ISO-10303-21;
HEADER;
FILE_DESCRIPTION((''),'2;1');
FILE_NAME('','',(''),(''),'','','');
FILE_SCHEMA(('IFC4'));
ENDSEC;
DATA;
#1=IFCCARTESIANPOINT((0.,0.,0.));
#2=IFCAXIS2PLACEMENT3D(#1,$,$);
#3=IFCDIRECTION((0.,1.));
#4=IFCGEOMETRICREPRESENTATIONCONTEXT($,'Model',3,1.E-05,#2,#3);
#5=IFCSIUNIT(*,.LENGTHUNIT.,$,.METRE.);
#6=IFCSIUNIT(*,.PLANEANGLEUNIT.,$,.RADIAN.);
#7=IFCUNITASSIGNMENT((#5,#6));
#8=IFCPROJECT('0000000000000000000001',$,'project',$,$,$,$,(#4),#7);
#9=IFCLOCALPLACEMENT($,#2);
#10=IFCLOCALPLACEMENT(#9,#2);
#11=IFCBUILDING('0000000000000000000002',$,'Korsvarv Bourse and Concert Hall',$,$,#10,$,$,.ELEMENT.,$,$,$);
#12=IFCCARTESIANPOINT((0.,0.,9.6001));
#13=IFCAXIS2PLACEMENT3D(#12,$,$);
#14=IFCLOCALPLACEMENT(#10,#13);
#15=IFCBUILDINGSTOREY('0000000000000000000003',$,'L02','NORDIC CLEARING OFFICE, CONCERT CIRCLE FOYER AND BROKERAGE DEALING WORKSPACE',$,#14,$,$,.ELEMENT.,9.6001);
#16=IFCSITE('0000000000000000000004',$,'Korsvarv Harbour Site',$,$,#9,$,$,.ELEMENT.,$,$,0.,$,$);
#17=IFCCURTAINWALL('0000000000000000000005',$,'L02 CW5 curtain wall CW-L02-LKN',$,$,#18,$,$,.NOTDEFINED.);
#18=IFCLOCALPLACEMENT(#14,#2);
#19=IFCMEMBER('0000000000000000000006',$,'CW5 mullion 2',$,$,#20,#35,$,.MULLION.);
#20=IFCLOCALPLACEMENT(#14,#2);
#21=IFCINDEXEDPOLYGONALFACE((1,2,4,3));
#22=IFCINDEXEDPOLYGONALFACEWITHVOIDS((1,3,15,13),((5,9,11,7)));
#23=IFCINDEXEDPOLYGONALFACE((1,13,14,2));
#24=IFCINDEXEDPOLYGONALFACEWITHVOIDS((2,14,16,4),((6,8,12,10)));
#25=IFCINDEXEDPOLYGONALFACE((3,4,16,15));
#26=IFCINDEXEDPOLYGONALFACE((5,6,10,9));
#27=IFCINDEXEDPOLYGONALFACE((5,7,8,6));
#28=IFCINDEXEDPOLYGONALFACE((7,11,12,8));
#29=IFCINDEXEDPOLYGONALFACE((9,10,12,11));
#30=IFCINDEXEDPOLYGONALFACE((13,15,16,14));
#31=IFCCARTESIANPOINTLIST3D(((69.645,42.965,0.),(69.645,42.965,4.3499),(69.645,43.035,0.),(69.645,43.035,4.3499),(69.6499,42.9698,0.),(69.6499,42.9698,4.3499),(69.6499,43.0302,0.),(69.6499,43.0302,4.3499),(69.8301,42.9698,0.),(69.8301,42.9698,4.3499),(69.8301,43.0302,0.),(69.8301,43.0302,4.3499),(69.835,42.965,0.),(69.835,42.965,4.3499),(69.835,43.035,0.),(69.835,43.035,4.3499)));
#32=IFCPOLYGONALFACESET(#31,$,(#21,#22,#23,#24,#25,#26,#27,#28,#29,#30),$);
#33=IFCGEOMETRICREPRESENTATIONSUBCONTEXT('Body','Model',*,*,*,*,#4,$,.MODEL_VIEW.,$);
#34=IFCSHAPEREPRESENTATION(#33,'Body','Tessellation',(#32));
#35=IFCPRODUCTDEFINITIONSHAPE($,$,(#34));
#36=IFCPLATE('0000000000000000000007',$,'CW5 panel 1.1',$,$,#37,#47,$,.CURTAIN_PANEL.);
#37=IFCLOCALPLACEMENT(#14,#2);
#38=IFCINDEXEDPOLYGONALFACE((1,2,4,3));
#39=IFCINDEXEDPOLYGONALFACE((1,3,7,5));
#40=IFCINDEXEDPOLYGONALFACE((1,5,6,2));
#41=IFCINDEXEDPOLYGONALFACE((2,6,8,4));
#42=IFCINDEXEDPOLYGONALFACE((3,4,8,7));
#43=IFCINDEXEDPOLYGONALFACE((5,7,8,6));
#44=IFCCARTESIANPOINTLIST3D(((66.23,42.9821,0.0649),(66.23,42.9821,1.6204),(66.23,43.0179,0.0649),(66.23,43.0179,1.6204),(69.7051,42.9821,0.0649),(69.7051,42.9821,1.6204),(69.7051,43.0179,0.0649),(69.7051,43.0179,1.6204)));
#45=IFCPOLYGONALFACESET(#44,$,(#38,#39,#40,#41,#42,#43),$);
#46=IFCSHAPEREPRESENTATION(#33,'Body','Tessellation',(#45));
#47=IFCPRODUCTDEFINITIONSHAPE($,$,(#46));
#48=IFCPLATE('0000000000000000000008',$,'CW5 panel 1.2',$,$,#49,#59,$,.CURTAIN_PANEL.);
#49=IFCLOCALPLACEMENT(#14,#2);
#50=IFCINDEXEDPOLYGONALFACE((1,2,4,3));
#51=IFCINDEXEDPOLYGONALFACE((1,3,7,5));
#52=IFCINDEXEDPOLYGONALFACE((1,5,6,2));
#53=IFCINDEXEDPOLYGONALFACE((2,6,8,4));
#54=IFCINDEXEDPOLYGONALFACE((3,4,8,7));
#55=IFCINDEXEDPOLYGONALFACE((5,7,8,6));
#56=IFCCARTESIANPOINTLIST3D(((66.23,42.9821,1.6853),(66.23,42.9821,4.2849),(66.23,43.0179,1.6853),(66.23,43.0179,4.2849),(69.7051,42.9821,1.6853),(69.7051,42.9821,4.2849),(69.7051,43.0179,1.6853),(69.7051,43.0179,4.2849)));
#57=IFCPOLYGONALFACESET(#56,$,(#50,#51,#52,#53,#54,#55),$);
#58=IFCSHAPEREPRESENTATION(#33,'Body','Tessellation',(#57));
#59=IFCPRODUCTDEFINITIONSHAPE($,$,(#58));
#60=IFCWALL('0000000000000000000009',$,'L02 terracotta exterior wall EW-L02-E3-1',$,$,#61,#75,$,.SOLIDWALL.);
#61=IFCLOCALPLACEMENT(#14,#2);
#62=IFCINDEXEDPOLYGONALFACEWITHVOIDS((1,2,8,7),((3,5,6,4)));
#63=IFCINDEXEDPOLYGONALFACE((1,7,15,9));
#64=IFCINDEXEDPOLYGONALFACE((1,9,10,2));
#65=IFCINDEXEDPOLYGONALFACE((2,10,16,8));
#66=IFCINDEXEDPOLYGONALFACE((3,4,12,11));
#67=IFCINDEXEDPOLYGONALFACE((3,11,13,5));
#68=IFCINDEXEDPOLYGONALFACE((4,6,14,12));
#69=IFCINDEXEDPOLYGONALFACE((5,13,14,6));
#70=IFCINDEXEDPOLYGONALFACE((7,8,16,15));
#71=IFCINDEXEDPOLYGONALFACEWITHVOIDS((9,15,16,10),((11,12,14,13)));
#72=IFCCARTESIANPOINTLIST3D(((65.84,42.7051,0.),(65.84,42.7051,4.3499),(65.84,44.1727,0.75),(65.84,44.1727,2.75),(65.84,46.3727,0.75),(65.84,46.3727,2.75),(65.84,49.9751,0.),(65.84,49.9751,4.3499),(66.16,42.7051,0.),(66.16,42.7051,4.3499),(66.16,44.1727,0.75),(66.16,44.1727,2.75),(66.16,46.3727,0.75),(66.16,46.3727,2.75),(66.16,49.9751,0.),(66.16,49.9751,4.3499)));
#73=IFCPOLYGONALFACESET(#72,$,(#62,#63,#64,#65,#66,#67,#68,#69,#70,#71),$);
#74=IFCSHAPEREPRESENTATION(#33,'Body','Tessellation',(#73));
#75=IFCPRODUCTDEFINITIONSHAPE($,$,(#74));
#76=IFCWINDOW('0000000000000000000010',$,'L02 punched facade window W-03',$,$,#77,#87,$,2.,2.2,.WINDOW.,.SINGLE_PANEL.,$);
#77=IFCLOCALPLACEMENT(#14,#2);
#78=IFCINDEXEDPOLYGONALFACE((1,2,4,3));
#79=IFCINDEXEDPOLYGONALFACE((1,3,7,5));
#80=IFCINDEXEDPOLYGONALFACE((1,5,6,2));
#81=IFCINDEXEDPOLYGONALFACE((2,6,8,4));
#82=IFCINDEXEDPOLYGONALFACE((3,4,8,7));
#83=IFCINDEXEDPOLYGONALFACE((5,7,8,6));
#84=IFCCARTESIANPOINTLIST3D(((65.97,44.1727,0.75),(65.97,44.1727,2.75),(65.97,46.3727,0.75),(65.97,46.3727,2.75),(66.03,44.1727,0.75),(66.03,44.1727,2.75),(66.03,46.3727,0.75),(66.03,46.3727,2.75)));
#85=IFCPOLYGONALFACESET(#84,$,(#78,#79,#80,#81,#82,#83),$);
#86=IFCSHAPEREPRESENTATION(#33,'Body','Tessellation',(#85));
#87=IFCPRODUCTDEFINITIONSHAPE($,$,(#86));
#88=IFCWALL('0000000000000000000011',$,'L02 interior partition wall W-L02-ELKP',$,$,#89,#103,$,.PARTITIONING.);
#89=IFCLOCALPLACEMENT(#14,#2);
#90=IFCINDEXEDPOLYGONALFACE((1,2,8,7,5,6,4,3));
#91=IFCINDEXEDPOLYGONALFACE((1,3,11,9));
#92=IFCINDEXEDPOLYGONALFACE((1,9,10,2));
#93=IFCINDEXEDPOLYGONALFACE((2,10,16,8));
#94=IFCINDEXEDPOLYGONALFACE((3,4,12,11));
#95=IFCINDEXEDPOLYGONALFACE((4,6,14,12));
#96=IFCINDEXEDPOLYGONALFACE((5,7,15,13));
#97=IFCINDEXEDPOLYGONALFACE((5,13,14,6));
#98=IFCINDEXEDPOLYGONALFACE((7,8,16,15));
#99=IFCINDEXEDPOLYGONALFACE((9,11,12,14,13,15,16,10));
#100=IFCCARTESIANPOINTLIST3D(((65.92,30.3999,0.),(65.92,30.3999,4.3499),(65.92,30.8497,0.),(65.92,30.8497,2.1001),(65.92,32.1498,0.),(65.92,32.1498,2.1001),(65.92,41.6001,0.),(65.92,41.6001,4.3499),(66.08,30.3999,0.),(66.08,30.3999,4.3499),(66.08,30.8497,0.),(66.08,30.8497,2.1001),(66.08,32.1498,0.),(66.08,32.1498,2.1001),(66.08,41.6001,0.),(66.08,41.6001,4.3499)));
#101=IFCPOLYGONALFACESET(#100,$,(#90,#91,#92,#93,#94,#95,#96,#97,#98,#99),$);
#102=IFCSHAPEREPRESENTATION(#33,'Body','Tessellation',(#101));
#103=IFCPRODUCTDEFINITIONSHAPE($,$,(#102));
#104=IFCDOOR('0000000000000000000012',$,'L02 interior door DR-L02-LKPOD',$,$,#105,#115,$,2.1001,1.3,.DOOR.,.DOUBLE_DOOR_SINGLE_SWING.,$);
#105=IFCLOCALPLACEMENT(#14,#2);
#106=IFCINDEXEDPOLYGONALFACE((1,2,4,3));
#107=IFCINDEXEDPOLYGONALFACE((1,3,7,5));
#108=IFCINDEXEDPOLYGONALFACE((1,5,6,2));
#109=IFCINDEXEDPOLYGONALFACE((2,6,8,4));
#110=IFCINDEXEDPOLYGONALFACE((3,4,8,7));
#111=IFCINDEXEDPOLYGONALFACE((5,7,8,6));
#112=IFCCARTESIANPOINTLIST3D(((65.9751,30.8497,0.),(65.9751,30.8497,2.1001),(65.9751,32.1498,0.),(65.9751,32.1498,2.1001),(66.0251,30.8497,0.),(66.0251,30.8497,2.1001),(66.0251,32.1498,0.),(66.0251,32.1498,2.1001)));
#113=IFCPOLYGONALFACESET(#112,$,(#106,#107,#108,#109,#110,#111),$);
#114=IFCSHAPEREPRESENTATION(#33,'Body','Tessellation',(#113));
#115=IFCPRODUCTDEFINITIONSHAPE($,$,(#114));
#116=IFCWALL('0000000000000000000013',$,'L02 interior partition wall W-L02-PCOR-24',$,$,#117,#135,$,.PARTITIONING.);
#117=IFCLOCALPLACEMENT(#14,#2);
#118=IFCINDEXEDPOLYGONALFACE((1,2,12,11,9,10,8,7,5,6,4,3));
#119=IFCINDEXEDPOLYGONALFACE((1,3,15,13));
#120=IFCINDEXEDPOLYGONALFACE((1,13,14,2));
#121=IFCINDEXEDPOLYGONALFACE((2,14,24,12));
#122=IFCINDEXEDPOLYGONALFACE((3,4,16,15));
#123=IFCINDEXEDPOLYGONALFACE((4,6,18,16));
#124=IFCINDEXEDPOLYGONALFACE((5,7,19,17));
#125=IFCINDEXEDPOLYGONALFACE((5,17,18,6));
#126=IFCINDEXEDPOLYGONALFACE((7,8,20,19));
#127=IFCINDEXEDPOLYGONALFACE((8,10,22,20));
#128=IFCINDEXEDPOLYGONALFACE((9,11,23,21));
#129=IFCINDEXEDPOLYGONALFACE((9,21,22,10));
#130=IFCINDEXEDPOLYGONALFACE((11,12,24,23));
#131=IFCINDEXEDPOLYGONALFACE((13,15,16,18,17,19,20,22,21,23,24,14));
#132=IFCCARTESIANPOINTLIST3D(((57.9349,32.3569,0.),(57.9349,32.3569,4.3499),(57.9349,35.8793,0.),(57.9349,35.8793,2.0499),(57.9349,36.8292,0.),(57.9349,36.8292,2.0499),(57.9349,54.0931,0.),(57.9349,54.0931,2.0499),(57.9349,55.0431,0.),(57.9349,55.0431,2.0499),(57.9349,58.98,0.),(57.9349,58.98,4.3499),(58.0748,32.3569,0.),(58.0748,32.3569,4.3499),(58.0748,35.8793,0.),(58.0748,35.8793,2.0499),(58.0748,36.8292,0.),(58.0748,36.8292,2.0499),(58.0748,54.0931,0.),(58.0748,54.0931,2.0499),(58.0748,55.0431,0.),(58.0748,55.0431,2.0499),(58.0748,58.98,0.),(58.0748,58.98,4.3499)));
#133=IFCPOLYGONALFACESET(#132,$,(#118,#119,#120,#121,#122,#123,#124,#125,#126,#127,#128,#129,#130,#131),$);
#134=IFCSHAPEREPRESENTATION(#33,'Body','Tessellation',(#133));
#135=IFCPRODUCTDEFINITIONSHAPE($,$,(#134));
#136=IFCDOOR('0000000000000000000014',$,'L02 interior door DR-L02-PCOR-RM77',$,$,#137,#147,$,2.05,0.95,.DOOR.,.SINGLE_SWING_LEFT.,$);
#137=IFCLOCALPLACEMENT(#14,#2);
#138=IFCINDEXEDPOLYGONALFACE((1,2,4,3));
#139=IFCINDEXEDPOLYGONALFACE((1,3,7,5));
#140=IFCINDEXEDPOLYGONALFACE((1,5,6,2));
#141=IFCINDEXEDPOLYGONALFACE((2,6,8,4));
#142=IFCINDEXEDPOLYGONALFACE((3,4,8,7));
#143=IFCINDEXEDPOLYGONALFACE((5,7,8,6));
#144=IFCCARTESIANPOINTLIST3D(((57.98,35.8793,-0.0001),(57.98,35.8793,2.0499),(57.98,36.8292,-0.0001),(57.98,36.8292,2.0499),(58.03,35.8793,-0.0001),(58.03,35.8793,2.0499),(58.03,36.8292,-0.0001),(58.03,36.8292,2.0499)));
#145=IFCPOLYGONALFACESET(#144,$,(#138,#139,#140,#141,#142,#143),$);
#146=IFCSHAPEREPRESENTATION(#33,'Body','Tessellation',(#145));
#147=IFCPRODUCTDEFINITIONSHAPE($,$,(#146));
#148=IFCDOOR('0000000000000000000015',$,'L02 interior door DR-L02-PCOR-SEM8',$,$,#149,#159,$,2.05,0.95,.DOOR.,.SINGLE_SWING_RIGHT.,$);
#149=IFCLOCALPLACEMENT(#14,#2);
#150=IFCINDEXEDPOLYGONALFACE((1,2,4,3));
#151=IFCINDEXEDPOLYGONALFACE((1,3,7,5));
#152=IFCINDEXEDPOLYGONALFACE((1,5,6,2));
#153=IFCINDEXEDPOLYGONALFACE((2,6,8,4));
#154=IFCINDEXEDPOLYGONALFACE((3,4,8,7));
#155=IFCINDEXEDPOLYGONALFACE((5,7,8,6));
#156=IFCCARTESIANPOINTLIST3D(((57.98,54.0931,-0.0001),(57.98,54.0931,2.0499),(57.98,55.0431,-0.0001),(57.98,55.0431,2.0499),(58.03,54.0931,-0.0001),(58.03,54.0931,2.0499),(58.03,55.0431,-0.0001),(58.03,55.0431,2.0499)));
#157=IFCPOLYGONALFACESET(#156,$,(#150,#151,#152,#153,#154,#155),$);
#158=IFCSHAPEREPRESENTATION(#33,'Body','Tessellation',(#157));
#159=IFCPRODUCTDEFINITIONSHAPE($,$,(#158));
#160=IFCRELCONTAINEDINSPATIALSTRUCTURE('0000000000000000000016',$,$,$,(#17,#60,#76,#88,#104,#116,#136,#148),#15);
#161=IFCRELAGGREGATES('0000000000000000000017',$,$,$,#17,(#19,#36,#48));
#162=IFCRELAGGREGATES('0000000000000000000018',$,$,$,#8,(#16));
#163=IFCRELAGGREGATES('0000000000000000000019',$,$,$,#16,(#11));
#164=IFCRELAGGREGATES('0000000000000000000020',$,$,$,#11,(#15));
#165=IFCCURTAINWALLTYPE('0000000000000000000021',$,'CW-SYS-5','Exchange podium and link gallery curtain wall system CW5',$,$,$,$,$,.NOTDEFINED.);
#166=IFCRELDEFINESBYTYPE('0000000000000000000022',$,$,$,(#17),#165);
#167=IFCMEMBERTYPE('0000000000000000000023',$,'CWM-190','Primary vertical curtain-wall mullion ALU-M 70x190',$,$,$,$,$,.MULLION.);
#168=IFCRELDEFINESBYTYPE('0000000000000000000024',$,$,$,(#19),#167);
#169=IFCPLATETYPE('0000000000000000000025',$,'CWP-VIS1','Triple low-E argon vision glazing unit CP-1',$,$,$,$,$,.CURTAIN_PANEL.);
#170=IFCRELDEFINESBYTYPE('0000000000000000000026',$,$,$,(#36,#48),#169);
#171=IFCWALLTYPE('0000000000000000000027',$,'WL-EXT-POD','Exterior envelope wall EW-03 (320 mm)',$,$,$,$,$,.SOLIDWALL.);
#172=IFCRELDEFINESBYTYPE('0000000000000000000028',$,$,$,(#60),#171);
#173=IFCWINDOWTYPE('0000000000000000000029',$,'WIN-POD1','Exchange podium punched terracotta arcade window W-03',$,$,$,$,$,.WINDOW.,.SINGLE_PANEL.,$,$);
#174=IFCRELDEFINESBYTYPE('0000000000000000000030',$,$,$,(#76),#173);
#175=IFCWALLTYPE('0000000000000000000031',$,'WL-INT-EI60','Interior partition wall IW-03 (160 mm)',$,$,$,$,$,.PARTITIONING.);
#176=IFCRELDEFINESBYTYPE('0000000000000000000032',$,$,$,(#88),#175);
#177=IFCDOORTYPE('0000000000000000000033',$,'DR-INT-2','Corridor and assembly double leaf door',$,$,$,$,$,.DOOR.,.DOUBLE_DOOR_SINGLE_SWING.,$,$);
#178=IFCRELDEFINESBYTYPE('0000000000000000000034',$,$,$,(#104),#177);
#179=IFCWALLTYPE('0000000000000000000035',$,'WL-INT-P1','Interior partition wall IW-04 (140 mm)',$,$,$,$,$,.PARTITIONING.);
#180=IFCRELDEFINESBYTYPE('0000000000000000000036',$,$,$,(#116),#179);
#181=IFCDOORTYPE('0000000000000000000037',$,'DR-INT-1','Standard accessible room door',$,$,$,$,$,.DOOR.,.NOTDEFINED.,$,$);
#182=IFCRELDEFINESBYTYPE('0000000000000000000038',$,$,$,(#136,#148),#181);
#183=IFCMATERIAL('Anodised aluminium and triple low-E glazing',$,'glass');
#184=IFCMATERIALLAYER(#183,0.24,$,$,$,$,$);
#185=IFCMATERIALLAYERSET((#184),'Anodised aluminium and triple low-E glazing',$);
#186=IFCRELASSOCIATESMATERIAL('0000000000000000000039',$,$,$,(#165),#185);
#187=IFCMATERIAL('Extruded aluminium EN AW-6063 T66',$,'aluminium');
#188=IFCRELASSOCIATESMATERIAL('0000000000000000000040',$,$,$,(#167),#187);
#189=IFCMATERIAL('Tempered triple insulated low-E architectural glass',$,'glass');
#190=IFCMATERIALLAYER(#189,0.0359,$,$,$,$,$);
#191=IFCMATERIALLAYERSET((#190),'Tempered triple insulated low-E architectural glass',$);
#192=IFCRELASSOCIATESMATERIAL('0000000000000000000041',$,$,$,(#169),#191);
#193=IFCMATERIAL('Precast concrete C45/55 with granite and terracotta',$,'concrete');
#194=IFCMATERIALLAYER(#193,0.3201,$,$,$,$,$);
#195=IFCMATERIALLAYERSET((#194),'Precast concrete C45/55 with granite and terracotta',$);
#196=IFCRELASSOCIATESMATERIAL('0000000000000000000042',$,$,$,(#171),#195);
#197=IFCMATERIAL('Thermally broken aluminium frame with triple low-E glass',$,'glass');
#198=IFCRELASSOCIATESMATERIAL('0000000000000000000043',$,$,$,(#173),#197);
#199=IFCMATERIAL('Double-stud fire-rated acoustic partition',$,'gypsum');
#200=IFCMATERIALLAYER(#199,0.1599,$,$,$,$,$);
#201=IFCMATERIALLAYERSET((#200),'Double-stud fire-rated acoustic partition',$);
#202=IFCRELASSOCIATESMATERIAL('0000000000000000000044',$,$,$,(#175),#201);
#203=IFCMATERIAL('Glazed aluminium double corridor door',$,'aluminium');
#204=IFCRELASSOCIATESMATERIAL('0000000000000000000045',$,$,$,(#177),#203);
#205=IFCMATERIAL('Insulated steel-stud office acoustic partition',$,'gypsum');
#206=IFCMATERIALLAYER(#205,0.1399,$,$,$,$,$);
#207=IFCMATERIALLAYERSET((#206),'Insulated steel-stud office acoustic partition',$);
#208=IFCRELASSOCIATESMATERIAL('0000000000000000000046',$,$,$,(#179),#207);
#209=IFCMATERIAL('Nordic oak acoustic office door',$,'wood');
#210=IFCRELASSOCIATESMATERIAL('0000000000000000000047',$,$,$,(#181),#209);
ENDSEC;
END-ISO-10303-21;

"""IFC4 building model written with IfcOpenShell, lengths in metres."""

from ifc_helpers import new_model, si_unit, direction, frame, frame_2d, origin, origin_2d, place, context, subcontext, project, spatial, rectangle, hollow_rectangle, extrude, source, transform, mapped, material, layer, layer_set, material_profile, profile_set, type_object, element, fill, aggregate, save


model = new_model("IFC4")

# Units and contexts
model_context = context("Model", 3, precision=1e-05, world=origin(), true_north=direction((0.0, 1.0)))
body_context = subcontext(model_context, "Body", "Model", "MODEL_VIEW")
ifc_project = project(units=[si_unit("LENGTHUNIT", "METRE"), si_unit("PLANEANGLEUNIT", "RADIAN")], contexts=[model_context])

# Site, building, storey
site_placement = place(None, origin())
site = spatial("IfcSite", under=ifc_project, at=site_placement, Name="Korsvarv Harbour Site", CompositionType="ELEMENT", RefElevation=0.0)
building_placement = place(site_placement, origin())
building = spatial("IfcBuilding", under=site, at=building_placement, Name="Korsvarv Bourse and Concert Hall", CompositionType="ELEMENT")
storey_placement = place(building_placement, frame((0.0, 0.0, 9.6001)))
storey = spatial("IfcBuildingStorey", under=building, at=storey_placement, Name="L02", Description="NORDIC CLEARING OFFICE, CONCERT CIRCLE FOYER AND BROKERAGE DEALING WORKSPACE", CompositionType="ELEMENT", Elevation=9.6001)

# Curtain wall
ifc_material_1 = material(Name="Anodised aluminium and triple low-E glazing", Category="glass")
ifc_layer_1 = layer(ifc_material_1, 0.24)
ifc_layer_set_1 = layer_set([ifc_layer_1], Name="Anodised aluminium and triple low-E glazing")
curtain_wall_type = type_object("IfcCurtainWallType", Name="CW-SYS-5", Description="Exchange podium and link gallery curtain wall system CW5", PredefinedType="NOTDEFINED", material=ifc_layer_set_1)
curtain_wall_1_placement = place(storey_placement, origin())
curtain_wall_1 = element("IfcCurtainWall", 1, at=curtain_wall_1_placement, inside=storey, type_object=curtain_wall_type, Name="L02 CW5 curtain wall CW-L02-LKN", PredefinedType="NOTDEFINED")
ifc_material_2 = material(Name="Extruded aluminium EN AW-6063 T66", Category="aluminium")

# Shared definitions
ifc_material_profile_1 = material_profile(ifc_material_2, hollow_rectangle(XDim=0.0701, YDim=0.1899, WallThickness=0.0049, at=origin_2d()), Name="ALU-M 70x190")
ifc_profile_set_1 = profile_set([ifc_material_profile_1], Name="Extruded aluminium EN AW-6063 T66")
member_type_1 = type_object("IfcMemberType", Name="CWM-190", Description="Primary vertical curtain-wall mullion ALU-M 70x190", PredefinedType="MULLION", material=ifc_profile_set_1)
shared_shape_1 = source(origin(), body_context, "Body", "SweptSolid", [
    extrude(hollow_rectangle(XDim=0.0701, YDim=0.1899, WallThickness=0.0049, at=origin_2d()), origin(), (0.0, 0.0, 1.0), 4.3499),
])

# Member
member_1_placement = place(storey_placement, frame((69.74, 43.0, 0.0), z_axis=(0.0, 0.0, 1.0), x_axis=(0.0, 1.0, 0.0)))
member_1 = element("IfcMember", 2, at=member_1_placement, type_object=member_type_1, Name="CW5 mullion 2", PredefinedType="MULLION", context=body_context, shape_type="MappedRepresentation", body=[
    mapped(shared_shape_1, transform((0.0, 0.0, 0.0), scale=1.0)),
])

# Plates
ifc_material_3 = material(Name="Tempered triple insulated low-E architectural glass", Category="glass")
ifc_layer_2 = layer(ifc_material_3, 0.0359)
ifc_layer_set_2 = layer_set([ifc_layer_2], Name="Tempered triple insulated low-E architectural glass")
plate_type = type_object("IfcPlateType", Name="CWP-VIS1", Description="Triple low-E argon vision glazing unit CP-1", PredefinedType="CURTAIN_PANEL", material=ifc_layer_set_2)
shared_shape_2 = source(origin(), body_context, "Body", "SweptSolid", [
    extrude(rectangle(XDim=3.4751, YDim=0.0359, at=origin_2d()), origin(), (0.0, 0.0, 1.0), 1.5554),
])
plate_1_placement = place(storey_placement, frame((67.9675, 43.0, 0.0649), z_axis=(0.0, 0.0, 1.0), x_axis=(1.0, 0.0, 0.0)))
plate_1 = element("IfcPlate", 3, at=plate_1_placement, type_object=plate_type, Name="CW5 panel 1.1", PredefinedType="CURTAIN_PANEL", context=body_context, shape_type="MappedRepresentation", body=[
    mapped(shared_shape_2, transform((0.0, 0.0, 0.0), scale=1.0)),
])
shared_shape_3 = source(origin(), body_context, "Body", "SweptSolid", [
    extrude(rectangle(XDim=3.4751, YDim=0.0359, at=origin_2d()), origin(), (0.0, 0.0, 1.0), 2.5996),
])
plate_2_placement = place(storey_placement, frame((67.9675, 43.0, 1.6853), z_axis=(0.0, 0.0, 1.0), x_axis=(1.0, 0.0, 0.0)))
plate_2 = element("IfcPlate", 4, at=plate_2_placement, type_object=plate_type, Name="CW5 panel 1.2", PredefinedType="CURTAIN_PANEL", context=body_context, shape_type="MappedRepresentation", body=[
    mapped(shared_shape_3, transform((0.0, 0.0, 0.0), scale=1.0)),
])
aggregate(curtain_wall_1, [member_1, plate_1, plate_2])

# Wall, opening, window
ifc_material_4 = material(Name="Precast concrete C45/55 with granite and terracotta", Category="concrete")
ifc_layer_3 = layer(ifc_material_4, 0.3201)
ifc_layer_set_3 = layer_set([ifc_layer_3], Name="Precast concrete C45/55 with granite and terracotta")
wall_type_1 = type_object("IfcWallType", Name="WL-EXT-POD", Description="Exterior envelope wall EW-03 (320 mm)", PredefinedType="SOLIDWALL", material=ifc_layer_set_3)
wall_1_placement = place(storey_placement, frame((66.0, 42.7051, 0.0), z_axis=(0.0, 0.0, 1.0), x_axis=(0.0, 1.0, 0.0)))
wall_1 = element("IfcWall", 5, at=wall_1_placement, inside=storey, type_object=wall_type_1, Name="L02 terracotta exterior wall EW-L02-E3-1", PredefinedType="SOLIDWALL", context=body_context, shape_type="SweptSolid", body=[
    extrude(rectangle(XDim=7.27, YDim=0.3201, at=frame_2d((3.635, 0.0))), origin(), (0.0, 0.0, 1.0), 4.3499),
])
opening_1_placement = place(wall_1_placement, frame((1.4675, 0.0, 0.75)))
opening_1 = element("IfcOpeningElement", 6, at=opening_1_placement, cuts=wall_1, PredefinedType="OPENING", context=body_context, shape_type="SweptSolid", body=[
    extrude(rectangle(XDim=2.2, YDim=2.0, at=frame_2d((1.1001, 1.0))), frame((0.0, 0.1699, 0.0), z_axis=(0.0, -1.0, 0.0), x_axis=(1.0, 0.0, 0.0)), (0.0, 0.0, 1.0), 0.3401),
])
ifc_material_5 = material(Name="Thermally broken aluminium frame with triple low-E glass", Category="glass")
window_type = type_object("IfcWindowType", Name="WIN-POD1", Description="Exchange podium punched terracotta arcade window W-03", PartitioningType="SINGLE_PANEL", PredefinedType="WINDOW", material=ifc_material_5)
window_placement = place(opening_1_placement, origin())
window = element("IfcWindow", 7, at=window_placement, inside=storey, type_object=window_type, Name="L02 punched facade window W-03", OverallHeight=2.0, OverallWidth=2.2, PartitioningType="SINGLE_PANEL", PredefinedType="WINDOW", context=body_context, shape_type="SweptSolid", body=[
    extrude(rectangle(XDim=2.2, YDim=2.0, at=frame_2d((1.1001, 1.0))), frame((0.0, 0.03, 0.0), z_axis=(0.0, -1.0, 0.0), x_axis=(1.0, 0.0, 0.0)), (0.0, 0.0, 1.0), 0.0601),
])
fill(opening_1, window)

# Wall, opening, door
ifc_material_6 = material(Name="Double-stud fire-rated acoustic partition", Category="gypsum")
ifc_layer_4 = layer(ifc_material_6, 0.1599)
ifc_layer_set_4 = layer_set([ifc_layer_4], Name="Double-stud fire-rated acoustic partition")
wall_type_2 = type_object("IfcWallType", Name="WL-INT-EI60", Description="Interior partition wall IW-03 (160 mm)", PredefinedType="PARTITIONING", material=ifc_layer_set_4)
wall_2_placement = place(storey_placement, frame((66.0, 30.3999, 0.0), z_axis=(0.0, 0.0, 1.0), x_axis=(0.0, 1.0, 0.0)))
wall_2 = element("IfcWall", 8, at=wall_2_placement, inside=storey, type_object=wall_type_2, Name="L02 interior partition wall W-L02-ELKP", PredefinedType="PARTITIONING", context=body_context, shape_type="SweptSolid", body=[
    extrude(rectangle(XDim=11.2002, YDim=0.1599, at=frame_2d((5.6001, 0.0))), origin(), (0.0, 0.0, 1.0), 4.3499),
])
opening_2_placement = place(wall_2_placement, frame((0.45, 0.0, 0.0)))
opening_2 = element("IfcOpeningElement", 9, at=opening_2_placement, cuts=wall_2, PredefinedType="OPENING", context=body_context, shape_type="SweptSolid", body=[
    extrude(rectangle(XDim=1.3, YDim=2.1001, at=frame_2d((0.6499, 1.05))), frame((0.0, 0.0898, 0.0), z_axis=(0.0, -1.0, 0.0), x_axis=(1.0, 0.0, 0.0)), (0.0, 0.0, 1.0), 0.1799),
])
ifc_material_7 = material(Name="Glazed aluminium double corridor door", Category="aluminium")
door_type_1 = type_object("IfcDoorType", Name="DR-INT-2", Description="Corridor and assembly double leaf door", OperationType="DOUBLE_DOOR_SINGLE_SWING", PredefinedType="DOOR", material=ifc_material_7)
door_1_placement = place(opening_2_placement, origin())
door_1 = element("IfcDoor", 10, at=door_1_placement, inside=storey, type_object=door_type_1, Name="L02 interior door DR-L02-LKPOD", OperationType="DOUBLE_DOOR_SINGLE_SWING", OverallHeight=2.1001, OverallWidth=1.3, PredefinedType="DOOR", context=body_context, shape_type="SweptSolid", body=[
    extrude(rectangle(XDim=1.3, YDim=2.1001, at=frame_2d((0.6499, 1.05))), frame((0.0, 0.0249, 0.0), z_axis=(0.0, -1.0, 0.0), x_axis=(1.0, 0.0, 0.0)), (0.0, 0.0, 1.0), 0.05),
])
fill(opening_2, door_1)

# Wall, openings, doors
ifc_material_8 = material(Name="Insulated steel-stud office acoustic partition", Category="gypsum")
ifc_layer_5 = layer(ifc_material_8, 0.1399)
ifc_layer_set_5 = layer_set([ifc_layer_5], Name="Insulated steel-stud office acoustic partition")
wall_type_3 = type_object("IfcWallType", Name="WL-INT-P1", Description="Interior partition wall IW-04 (140 mm)", PredefinedType="PARTITIONING", material=ifc_layer_set_5)
wall_3_placement = place(storey_placement, frame((58.0049, 32.3569, 0.0), z_axis=(0.0, 0.0, 1.0), x_axis=(0.0, 1.0, 0.0)))
wall_3 = element("IfcWall", 11, at=wall_3_placement, inside=storey, type_object=wall_type_3, Name="L02 interior partition wall W-L02-PCOR-24", PredefinedType="PARTITIONING", context=body_context, shape_type="SweptSolid", body=[
    extrude(rectangle(XDim=26.623, YDim=0.1399, at=frame_2d((13.3115, 0.0))), origin(), (0.0, 0.0, 1.0), 4.3499),
])
opening_3_placement = place(wall_3_placement, frame((3.5222, 0.0, 0.0)))
opening_3 = element("IfcOpeningElement", 12, at=opening_3_placement, cuts=wall_3, PredefinedType="OPENING", context=body_context, shape_type="SweptSolid", body=[
    extrude(rectangle(XDim=0.95, YDim=2.05, at=frame_2d((0.4751, 1.0249))), frame((0.0, 0.0801, 0.0), z_axis=(0.0, -1.0, 0.0), x_axis=(1.0, 0.0, 0.0)), (0.0, 0.0, 1.0), 0.1599),
])
opening_4_placement = place(wall_3_placement, frame((21.7361, 0.0, 0.0)))
opening_4 = element("IfcOpeningElement", 13, at=opening_4_placement, cuts=wall_3, PredefinedType="OPENING", context=body_context, shape_type="SweptSolid", body=[
    extrude(rectangle(XDim=0.95, YDim=2.05, at=frame_2d((0.4751, 1.0249))), frame((0.0, 0.0801, 0.0), z_axis=(0.0, -1.0, 0.0), x_axis=(1.0, 0.0, 0.0)), (0.0, 0.0, 1.0), 0.1599),
])
ifc_material_9 = material(Name="Nordic oak acoustic office door", Category="wood")
door_type_2 = type_object("IfcDoorType", Name="DR-INT-1", Description="Standard accessible room door", OperationType="NOTDEFINED", PredefinedType="DOOR", material=ifc_material_9)
door_2_placement = place(opening_3_placement, origin())
door_2 = element("IfcDoor", 14, at=door_2_placement, inside=storey, type_object=door_type_2, Name="L02 interior door DR-L02-PCOR-RM77", OperationType="SINGLE_SWING_LEFT", OverallHeight=2.05, OverallWidth=0.95, PredefinedType="DOOR", context=body_context, shape_type="SweptSolid", body=[
    extrude(rectangle(XDim=0.95, YDim=2.05, at=frame_2d((0.4751, 1.0249))), frame((0.0, 0.0249, 0.0), z_axis=(0.0, -1.0, 0.0), x_axis=(1.0, 0.0, 0.0)), (0.0, 0.0, 1.0), 0.05),
])
fill(opening_3, door_2)
door_3_placement = place(opening_4_placement, origin())
door_3 = element("IfcDoor", 15, at=door_3_placement, inside=storey, type_object=door_type_2, Name="L02 interior door DR-L02-PCOR-SEM8", OperationType="SINGLE_SWING_RIGHT", OverallHeight=2.05, OverallWidth=0.95, PredefinedType="DOOR", context=body_context, shape_type="SweptSolid", body=[
    extrude(rectangle(XDim=0.95, YDim=2.05, at=frame_2d((0.4751, 1.0249))), frame((0.0, 0.0249, 0.0), z_axis=(0.0, -1.0, 0.0), x_axis=(1.0, 0.0, 0.0)), (0.0, 0.0, 1.0), 0.05),
])
fill(opening_4, door_3)

save(model, "model.ifc")
